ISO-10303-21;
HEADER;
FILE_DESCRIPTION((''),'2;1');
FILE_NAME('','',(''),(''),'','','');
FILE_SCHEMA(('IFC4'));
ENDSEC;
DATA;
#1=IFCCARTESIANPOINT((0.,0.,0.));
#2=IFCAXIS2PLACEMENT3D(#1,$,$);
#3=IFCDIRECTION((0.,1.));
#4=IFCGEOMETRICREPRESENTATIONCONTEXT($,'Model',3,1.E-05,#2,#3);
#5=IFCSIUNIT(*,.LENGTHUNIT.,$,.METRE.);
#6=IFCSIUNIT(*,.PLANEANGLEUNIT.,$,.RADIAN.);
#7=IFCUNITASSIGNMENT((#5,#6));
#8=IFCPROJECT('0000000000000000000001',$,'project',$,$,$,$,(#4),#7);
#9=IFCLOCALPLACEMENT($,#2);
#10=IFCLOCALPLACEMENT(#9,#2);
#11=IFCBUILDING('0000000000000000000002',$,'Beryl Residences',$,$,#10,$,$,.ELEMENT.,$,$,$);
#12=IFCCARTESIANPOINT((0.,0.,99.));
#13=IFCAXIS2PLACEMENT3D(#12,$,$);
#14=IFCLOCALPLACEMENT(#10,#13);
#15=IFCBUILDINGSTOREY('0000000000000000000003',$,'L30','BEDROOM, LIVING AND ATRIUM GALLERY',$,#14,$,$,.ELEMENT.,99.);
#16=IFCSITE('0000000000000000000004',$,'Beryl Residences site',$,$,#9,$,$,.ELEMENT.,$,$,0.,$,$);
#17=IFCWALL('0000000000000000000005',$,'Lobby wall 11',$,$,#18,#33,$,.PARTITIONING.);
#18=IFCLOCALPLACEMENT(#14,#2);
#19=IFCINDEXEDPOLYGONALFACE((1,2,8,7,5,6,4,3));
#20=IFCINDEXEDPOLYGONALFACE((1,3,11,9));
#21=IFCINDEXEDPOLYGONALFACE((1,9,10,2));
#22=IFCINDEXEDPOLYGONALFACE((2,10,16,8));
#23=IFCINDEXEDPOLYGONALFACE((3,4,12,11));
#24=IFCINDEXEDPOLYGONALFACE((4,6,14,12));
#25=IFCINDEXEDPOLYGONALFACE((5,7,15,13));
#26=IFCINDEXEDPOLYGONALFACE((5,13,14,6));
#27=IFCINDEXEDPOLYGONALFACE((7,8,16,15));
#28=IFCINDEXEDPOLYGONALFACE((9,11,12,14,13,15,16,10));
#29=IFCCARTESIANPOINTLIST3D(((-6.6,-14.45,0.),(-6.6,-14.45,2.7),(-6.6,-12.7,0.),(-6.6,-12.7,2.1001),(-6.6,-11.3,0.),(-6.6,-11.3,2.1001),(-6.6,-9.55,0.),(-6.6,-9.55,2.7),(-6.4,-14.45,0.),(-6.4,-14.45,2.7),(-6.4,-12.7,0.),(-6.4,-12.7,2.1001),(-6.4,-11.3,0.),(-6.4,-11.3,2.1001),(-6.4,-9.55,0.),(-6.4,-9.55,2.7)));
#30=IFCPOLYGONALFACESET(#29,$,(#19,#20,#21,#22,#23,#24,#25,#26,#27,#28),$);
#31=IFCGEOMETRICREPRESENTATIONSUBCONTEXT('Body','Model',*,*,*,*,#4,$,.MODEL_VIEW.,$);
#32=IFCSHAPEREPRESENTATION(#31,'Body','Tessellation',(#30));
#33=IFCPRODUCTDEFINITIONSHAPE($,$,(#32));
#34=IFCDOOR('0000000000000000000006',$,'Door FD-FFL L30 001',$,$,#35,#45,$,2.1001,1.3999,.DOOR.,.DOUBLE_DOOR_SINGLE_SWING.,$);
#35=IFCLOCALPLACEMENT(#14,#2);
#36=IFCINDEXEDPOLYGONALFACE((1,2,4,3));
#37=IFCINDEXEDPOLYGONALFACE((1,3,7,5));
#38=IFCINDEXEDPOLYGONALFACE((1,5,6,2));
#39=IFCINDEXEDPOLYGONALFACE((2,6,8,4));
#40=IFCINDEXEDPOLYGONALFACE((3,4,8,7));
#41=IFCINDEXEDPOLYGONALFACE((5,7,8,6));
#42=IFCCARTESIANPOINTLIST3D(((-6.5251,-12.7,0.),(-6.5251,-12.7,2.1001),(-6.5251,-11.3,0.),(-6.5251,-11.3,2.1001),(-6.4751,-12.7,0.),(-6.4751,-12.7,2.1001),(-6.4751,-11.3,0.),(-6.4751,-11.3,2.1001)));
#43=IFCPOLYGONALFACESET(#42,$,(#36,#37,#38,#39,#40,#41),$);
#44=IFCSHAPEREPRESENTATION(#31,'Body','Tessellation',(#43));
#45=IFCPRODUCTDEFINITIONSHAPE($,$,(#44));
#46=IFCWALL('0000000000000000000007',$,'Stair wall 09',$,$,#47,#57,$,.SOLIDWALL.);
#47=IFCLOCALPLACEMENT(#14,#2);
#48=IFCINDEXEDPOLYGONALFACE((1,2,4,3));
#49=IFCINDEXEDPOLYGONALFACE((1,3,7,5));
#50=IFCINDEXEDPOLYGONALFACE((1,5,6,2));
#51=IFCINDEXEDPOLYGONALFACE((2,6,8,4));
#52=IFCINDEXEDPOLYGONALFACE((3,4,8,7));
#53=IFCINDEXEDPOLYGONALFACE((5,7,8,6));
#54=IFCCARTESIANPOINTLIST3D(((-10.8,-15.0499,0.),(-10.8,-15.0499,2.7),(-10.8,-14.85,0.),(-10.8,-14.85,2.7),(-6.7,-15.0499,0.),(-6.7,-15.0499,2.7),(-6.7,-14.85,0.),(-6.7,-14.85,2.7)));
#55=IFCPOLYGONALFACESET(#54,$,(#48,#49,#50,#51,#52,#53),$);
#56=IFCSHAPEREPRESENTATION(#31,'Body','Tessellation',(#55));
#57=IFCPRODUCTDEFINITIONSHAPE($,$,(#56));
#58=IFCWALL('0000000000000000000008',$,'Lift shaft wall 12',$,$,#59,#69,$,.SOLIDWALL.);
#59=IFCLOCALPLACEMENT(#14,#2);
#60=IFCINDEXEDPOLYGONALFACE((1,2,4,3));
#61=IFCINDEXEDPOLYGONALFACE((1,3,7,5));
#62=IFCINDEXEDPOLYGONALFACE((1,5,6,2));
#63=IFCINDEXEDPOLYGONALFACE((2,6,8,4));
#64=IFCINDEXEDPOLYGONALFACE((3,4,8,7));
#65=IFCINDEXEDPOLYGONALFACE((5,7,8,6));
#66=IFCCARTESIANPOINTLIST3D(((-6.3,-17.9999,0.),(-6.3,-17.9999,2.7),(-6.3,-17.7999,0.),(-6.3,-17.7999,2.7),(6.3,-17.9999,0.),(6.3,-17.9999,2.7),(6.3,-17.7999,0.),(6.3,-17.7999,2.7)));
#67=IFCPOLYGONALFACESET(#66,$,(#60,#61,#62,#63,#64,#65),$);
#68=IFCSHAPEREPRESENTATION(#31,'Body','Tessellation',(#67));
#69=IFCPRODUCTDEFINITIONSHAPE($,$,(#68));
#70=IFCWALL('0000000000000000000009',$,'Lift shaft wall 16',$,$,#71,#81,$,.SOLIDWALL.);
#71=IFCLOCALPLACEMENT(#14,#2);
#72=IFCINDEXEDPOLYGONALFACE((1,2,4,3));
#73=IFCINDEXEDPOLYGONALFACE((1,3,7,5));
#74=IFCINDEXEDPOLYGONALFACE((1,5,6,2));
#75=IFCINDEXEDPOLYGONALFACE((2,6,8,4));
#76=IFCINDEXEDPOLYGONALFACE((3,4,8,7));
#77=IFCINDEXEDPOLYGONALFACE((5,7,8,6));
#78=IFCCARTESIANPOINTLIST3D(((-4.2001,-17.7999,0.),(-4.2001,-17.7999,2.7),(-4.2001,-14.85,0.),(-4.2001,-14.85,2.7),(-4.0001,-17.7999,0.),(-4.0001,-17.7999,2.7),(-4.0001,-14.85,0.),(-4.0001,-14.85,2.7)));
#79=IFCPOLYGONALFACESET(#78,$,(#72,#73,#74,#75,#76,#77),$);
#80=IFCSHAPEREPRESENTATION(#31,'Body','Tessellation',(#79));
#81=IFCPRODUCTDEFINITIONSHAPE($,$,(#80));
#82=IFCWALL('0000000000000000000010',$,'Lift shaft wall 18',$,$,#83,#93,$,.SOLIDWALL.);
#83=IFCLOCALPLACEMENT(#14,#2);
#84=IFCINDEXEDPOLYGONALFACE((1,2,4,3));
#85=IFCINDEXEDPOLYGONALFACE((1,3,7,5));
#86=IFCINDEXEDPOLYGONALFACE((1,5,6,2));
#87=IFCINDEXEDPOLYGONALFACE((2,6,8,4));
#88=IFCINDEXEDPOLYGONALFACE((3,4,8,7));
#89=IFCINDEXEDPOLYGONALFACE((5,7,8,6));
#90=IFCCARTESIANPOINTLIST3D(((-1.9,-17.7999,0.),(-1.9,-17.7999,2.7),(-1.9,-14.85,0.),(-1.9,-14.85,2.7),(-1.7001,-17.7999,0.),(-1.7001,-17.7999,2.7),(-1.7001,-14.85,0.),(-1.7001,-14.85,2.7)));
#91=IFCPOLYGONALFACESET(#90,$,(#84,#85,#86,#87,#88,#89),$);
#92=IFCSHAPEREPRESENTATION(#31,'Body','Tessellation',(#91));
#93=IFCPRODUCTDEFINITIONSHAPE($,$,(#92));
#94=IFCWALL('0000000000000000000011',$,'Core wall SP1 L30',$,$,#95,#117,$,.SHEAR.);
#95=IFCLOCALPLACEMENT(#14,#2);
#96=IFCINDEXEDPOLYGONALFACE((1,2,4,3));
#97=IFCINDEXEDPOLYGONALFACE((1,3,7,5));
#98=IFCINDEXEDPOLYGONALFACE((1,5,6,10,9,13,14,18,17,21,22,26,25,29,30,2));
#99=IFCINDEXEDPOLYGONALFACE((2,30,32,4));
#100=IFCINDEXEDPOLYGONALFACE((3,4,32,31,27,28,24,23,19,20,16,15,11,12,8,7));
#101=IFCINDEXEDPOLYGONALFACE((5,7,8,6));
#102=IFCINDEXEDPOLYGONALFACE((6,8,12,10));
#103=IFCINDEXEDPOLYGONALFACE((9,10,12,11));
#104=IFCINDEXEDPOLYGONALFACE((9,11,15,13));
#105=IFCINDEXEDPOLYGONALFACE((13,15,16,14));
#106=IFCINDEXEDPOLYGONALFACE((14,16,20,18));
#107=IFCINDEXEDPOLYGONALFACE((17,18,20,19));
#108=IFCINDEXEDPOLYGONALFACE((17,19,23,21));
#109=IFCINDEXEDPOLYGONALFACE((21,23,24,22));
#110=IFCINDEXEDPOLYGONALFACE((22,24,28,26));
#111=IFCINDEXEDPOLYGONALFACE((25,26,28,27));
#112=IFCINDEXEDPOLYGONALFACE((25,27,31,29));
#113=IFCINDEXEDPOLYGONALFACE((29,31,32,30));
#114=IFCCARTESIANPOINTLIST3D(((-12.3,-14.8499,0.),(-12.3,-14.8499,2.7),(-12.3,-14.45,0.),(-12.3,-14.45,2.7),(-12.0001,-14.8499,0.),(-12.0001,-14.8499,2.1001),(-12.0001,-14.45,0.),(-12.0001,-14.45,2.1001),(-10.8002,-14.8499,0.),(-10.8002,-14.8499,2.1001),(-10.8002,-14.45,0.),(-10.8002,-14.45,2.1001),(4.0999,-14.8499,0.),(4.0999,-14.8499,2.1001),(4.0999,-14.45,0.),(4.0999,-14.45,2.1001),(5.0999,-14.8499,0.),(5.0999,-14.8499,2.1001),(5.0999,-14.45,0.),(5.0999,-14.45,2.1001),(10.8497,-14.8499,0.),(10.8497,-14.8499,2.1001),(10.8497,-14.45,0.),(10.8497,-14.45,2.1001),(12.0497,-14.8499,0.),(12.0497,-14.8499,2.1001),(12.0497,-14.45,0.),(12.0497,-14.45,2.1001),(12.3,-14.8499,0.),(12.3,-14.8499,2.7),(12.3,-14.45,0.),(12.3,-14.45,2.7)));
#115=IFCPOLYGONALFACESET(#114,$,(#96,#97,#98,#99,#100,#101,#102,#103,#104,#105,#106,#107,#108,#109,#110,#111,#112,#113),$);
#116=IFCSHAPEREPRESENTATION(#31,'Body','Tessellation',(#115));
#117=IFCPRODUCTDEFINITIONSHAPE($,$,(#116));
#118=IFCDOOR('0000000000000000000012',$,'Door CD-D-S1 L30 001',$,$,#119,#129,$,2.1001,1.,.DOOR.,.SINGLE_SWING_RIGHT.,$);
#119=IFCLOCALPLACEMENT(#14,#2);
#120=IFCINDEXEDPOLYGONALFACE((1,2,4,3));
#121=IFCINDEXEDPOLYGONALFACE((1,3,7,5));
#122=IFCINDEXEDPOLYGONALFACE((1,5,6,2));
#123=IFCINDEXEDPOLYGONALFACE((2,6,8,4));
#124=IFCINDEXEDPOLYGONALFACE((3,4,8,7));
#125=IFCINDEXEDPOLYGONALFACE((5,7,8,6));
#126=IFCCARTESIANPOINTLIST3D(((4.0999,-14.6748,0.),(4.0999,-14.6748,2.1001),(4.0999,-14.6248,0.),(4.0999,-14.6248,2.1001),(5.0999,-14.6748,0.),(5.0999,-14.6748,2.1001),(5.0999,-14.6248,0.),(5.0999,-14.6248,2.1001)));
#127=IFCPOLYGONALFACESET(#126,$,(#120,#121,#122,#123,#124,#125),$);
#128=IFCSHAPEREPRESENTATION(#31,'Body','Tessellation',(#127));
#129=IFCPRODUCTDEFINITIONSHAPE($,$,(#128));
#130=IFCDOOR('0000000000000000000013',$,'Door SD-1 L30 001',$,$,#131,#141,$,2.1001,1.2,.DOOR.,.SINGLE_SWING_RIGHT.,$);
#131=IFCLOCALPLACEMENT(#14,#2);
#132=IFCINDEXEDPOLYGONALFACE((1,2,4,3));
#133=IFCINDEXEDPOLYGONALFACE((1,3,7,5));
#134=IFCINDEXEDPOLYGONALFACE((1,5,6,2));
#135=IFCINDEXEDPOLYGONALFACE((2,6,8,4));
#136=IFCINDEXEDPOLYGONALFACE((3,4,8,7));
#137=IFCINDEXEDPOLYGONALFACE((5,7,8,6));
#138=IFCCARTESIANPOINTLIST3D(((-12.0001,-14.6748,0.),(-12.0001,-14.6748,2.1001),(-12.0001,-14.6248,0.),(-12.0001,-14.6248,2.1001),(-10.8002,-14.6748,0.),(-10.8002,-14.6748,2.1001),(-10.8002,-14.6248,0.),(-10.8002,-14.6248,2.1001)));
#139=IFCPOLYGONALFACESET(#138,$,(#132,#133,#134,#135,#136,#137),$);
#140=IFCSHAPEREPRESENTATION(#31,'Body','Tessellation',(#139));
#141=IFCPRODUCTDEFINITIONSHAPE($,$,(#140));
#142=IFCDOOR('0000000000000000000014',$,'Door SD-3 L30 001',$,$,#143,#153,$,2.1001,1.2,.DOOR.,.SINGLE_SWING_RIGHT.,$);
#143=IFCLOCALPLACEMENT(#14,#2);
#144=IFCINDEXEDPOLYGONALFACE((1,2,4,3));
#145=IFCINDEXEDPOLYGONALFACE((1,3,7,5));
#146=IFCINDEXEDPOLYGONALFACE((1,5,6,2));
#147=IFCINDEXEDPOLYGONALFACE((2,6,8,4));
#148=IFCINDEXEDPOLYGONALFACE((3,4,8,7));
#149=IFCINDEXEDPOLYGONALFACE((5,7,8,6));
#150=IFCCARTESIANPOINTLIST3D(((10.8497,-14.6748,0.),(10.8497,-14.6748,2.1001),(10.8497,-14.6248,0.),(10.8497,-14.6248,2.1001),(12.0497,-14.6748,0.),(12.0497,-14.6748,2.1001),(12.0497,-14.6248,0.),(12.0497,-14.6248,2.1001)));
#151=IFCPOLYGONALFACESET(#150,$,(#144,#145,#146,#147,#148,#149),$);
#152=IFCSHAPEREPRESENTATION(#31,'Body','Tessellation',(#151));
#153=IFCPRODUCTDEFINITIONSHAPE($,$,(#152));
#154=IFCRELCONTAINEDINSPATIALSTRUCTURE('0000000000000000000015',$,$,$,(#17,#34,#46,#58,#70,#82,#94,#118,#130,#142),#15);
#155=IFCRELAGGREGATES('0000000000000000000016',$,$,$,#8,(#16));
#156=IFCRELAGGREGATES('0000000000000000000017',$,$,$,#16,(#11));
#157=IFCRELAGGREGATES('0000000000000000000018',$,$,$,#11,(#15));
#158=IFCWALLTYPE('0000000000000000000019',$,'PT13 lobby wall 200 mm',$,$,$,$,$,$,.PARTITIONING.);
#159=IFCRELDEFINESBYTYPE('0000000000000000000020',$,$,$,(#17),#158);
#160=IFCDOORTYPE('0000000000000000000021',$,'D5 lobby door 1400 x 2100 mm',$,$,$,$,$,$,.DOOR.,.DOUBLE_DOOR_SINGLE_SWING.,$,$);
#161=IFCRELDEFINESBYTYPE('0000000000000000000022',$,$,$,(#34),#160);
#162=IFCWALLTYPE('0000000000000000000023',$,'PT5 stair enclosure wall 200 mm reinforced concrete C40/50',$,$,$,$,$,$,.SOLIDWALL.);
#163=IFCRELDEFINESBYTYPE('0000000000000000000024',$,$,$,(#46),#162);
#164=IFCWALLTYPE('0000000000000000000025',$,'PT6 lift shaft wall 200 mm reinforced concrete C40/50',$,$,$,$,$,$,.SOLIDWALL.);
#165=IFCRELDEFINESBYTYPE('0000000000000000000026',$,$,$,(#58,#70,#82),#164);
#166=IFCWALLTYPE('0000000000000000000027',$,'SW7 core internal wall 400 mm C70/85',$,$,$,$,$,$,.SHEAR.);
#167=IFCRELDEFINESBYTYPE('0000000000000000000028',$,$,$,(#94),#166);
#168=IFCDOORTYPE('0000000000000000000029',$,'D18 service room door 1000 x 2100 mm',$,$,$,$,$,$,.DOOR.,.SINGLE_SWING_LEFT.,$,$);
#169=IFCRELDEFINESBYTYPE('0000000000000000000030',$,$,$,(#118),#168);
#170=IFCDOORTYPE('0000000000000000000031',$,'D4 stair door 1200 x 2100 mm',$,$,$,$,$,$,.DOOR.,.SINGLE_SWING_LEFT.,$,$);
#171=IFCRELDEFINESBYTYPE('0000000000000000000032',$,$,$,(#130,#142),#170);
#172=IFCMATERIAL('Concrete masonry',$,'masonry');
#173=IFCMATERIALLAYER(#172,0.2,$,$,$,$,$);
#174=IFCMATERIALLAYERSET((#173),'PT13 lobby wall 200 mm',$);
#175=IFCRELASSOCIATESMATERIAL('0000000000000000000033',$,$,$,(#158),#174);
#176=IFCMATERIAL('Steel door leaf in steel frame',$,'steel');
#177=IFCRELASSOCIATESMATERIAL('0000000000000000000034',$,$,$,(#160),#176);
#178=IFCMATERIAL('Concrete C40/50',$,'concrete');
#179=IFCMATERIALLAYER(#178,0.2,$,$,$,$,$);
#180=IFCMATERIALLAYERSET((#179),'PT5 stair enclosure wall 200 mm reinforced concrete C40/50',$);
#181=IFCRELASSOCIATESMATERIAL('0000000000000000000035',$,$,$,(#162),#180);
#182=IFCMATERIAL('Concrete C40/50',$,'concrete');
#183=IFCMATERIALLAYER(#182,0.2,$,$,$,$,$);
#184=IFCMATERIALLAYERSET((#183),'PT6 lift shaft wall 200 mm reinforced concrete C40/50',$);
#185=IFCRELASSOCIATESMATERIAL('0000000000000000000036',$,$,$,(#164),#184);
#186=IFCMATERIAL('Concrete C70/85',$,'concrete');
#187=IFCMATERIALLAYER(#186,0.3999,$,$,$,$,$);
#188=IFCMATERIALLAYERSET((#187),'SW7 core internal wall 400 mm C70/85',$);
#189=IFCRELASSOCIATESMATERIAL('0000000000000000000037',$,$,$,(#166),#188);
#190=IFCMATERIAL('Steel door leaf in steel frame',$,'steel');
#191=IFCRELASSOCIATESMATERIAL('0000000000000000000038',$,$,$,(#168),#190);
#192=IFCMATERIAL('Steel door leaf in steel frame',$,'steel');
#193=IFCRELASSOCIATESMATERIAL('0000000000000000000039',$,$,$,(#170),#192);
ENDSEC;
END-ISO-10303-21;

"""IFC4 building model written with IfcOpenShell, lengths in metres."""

from ifc_helpers import new_model, si_unit, direction, frame, frame_2d, origin, place, context, subcontext, project, spatial, rectangle, extrude, material, layer, layer_set, type_object, element, fill, save


model = new_model("IFC4")

# Units and contexts
model_context = context("Model", 3, precision=1e-05, world=origin(), true_north=direction((0.0, 1.0)))
body_context = subcontext(model_context, "Body", "Model", "MODEL_VIEW")
ifc_project = project(units=[si_unit("LENGTHUNIT", "METRE"), si_unit("PLANEANGLEUNIT", "RADIAN")], contexts=[model_context])

# Site, building, storey
site_placement = place(None, origin())
site = spatial("IfcSite", under=ifc_project, at=site_placement, Name="Beryl Residences site", CompositionType="ELEMENT", RefElevation=0.0)
building_placement = place(site_placement, origin())
building = spatial("IfcBuilding", under=site, at=building_placement, Name="Beryl Residences", CompositionType="ELEMENT")
storey_placement = place(building_placement, frame((0.0, 0.0, 99.0)))
storey = spatial("IfcBuildingStorey", under=building, at=storey_placement, Name="L30", Description="BEDROOM, LIVING AND ATRIUM GALLERY", CompositionType="ELEMENT", Elevation=99.0)

# Wall, opening, door
ifc_material_1 = material(Name="Concrete masonry", Category="masonry")
ifc_layer_1 = layer(ifc_material_1, 0.2)
ifc_layer_set_1 = layer_set([ifc_layer_1], Name="PT13 lobby wall 200 mm")
wall_type_1 = type_object("IfcWallType", Name="PT13 lobby wall 200 mm", PredefinedType="PARTITIONING", material=ifc_layer_set_1)
wall_1_placement = place(storey_placement, frame((-6.5, -14.45, 0.0), z_axis=(0.0, 0.0, 1.0), x_axis=(0.0, 1.0, 0.0)))
wall_1 = element("IfcWall", 1, at=wall_1_placement, inside=storey, type_object=wall_type_1, Name="Lobby wall 11", PredefinedType="PARTITIONING", context=body_context, shape_type="SweptSolid", body=[
    extrude(rectangle(XDim=4.8999, YDim=0.2, at=frame_2d((2.45, 0.0))), origin(), (0.0, 0.0, 1.0), 2.7),
])
opening_1_placement = place(wall_1_placement, frame((3.1499, 0.0, 0.0), z_axis=(0.0, 0.0, 1.0), x_axis=(-1.0, 0.0, 0.0)))
opening_1 = element("IfcOpeningElement", 2, at=opening_1_placement, cuts=wall_1, PredefinedType="OPENING", context=body_context, shape_type="SweptSolid", body=[
    extrude(rectangle(XDim=1.3999, YDim=2.1001, at=frame_2d((0.7, 1.05))), frame((0.0, 0.1099, 0.0), z_axis=(0.0, -1.0, 0.0), x_axis=(1.0, 0.0, 0.0)), (0.0, 0.0, 1.0), 0.22),
])
ifc_material_2 = material(Name="Steel door leaf in steel frame", Category="steel")
door_type_1 = type_object("IfcDoorType", Name="D5 lobby door 1400 x 2100 mm", OperationType="DOUBLE_DOOR_SINGLE_SWING", PredefinedType="DOOR", material=ifc_material_2)
door_1_placement = place(opening_1_placement, origin())
door_1 = element("IfcDoor", 3, at=door_1_placement, inside=storey, type_object=door_type_1, Name="Door FD-FFL L30 001", OperationType="DOUBLE_DOOR_SINGLE_SWING", OverallHeight=2.1001, OverallWidth=1.3999, PredefinedType="DOOR", context=body_context, shape_type="SweptSolid", body=[
    extrude(rectangle(XDim=1.3999, YDim=2.1001, at=frame_2d((0.7, 1.05))), frame((0.0, 0.0249, 0.0), z_axis=(0.0, -1.0, 0.0), x_axis=(1.0, 0.0, 0.0)), (0.0, 0.0, 1.0), 0.05),
])
fill(opening_1, door_1)

# Walls
ifc_material_3 = material(Name="Concrete C40/50", Category="concrete")
ifc_layer_2 = layer(ifc_material_3, 0.2)
ifc_layer_set_2 = layer_set([ifc_layer_2], Name="PT5 stair enclosure wall 200 mm reinforced concrete C40/50")
wall_type_2 = type_object("IfcWallType", Name="PT5 stair enclosure wall 200 mm reinforced concrete C40/50", PredefinedType="SOLIDWALL", material=ifc_layer_set_2)
wall_2_placement = place(storey_placement, frame((-10.8, -14.95, 0.0), z_axis=(0.0, 0.0, 1.0), x_axis=(1.0, 0.0, 0.0)))
element("IfcWall", 4, at=wall_2_placement, inside=storey, type_object=wall_type_2, Name="Stair wall 09", PredefinedType="SOLIDWALL", context=body_context, shape_type="SweptSolid", body=[
    extrude(rectangle(XDim=4.1001, YDim=0.2, at=frame_2d((2.05, 0.0))), origin(), (0.0, 0.0, 1.0), 2.7),
])
ifc_material_4 = material(Name="Concrete C40/50", Category="concrete")
ifc_layer_3 = layer(ifc_material_4, 0.2)
ifc_layer_set_3 = layer_set([ifc_layer_3], Name="PT6 lift shaft wall 200 mm reinforced concrete C40/50")
wall_type_3 = type_object("IfcWallType", Name="PT6 lift shaft wall 200 mm reinforced concrete C40/50", PredefinedType="SOLIDWALL", material=ifc_layer_set_3)
wall_3_placement = place(storey_placement, frame((-6.3, -17.8999, 0.0), z_axis=(0.0, 0.0, 1.0), x_axis=(1.0, 0.0, 0.0)))
element("IfcWall", 5, at=wall_3_placement, inside=storey, type_object=wall_type_3, Name="Lift shaft wall 12", PredefinedType="SOLIDWALL", context=body_context, shape_type="SweptSolid", body=[
    extrude(rectangle(XDim=12.6001, YDim=0.2, at=frame_2d((6.3, 0.0))), origin(), (0.0, 0.0, 1.0), 2.7),
])
for number, where, z_axis, x_axis, name in (
    (6, (-4.1001, -17.8, 0.0), (0.0, 0.0, 1.0), (0.0, 1.0, 0.0), "Lift shaft wall 16"),
    (7, (-1.8, -17.8, 0.0), (0.0, 0.0, 1.0), (0.0, 1.0, 0.0), "Lift shaft wall 18"),
):
    element("IfcWall", number, at=place(storey_placement, frame(where, z_axis=z_axis, x_axis=x_axis)), inside=storey, type_object=wall_type_3, Name=name, PredefinedType="SOLIDWALL", context=body_context, shape_type="SweptSolid", body=[
        extrude(rectangle(XDim=2.95, YDim=0.2, at=frame_2d((1.4751, 0.0))), origin(), (0.0, 0.0, 1.0), 2.7),
    ])

# Wall, openings, doors
ifc_material_5 = material(Name="Concrete C70/85", Category="concrete")
ifc_layer_4 = layer(ifc_material_5, 0.3999)
ifc_layer_set_4 = layer_set([ifc_layer_4], Name="SW7 core internal wall 400 mm C70/85")
wall_type_4 = type_object("IfcWallType", Name="SW7 core internal wall 400 mm C70/85", PredefinedType="SHEAR", material=ifc_layer_set_4)
wall_4_placement = place(storey_placement, frame((-12.3, -14.6499, 0.0), z_axis=(0.0, 0.0, 1.0), x_axis=(1.0, 0.0, 0.0)))
wall_4 = element("IfcWall", 8, at=wall_4_placement, inside=storey, type_object=wall_type_4, Name="Core wall SP1 L30", PredefinedType="SHEAR", context=body_context, shape_type="SweptSolid", body=[
    extrude(rectangle(XDim=24.6001, YDim=0.3999, at=frame_2d((12.3, 0.0))), origin(), (0.0, 0.0, 1.0), 2.7),
])
opening_2_placement = place(wall_4_placement, frame((1.5, 0.0, 0.0), z_axis=(0.0, 0.0, 1.0), x_axis=(-1.0, 0.0, 0.0)))
opening_2 = element("IfcOpeningElement", 9, at=opening_2_placement, cuts=wall_4, PredefinedType="OPENING", context=body_context, shape_type="SweptSolid", body=[
    extrude(rectangle(XDim=1.2, YDim=2.1001, at=frame_2d((0.6001, 1.05))), frame((0.0, 0.21, 0.0), z_axis=(0.0, -1.0, 0.0), x_axis=(1.0, 0.0, 0.0)), (0.0, 0.0, 1.0), 0.4199),
])
opening_3_placement = place(wall_4_placement, frame((24.3499, 0.0, 0.0), z_axis=(0.0, 0.0, 1.0), x_axis=(-1.0, 0.0, 0.0)))
opening_3 = element("IfcOpeningElement", 10, at=opening_3_placement, cuts=wall_4, PredefinedType="OPENING", context=body_context, shape_type="SweptSolid", body=[
    extrude(rectangle(XDim=1.2, YDim=2.1001, at=frame_2d((0.6001, 1.05))), frame((0.0, 0.21, 0.0), z_axis=(0.0, -1.0, 0.0), x_axis=(1.0, 0.0, 0.0)), (0.0, 0.0, 1.0), 0.4199),
])
opening_4_placement = place(wall_4_placement, frame((17.3999, 0.0, 0.0), z_axis=(0.0, 0.0, 1.0), x_axis=(-1.0, 0.0, 0.0)))
opening_4 = element("IfcOpeningElement", 11, at=opening_4_placement, cuts=wall_4, PredefinedType="OPENING", context=body_context, shape_type="SweptSolid", body=[
    extrude(rectangle(XDim=1.0, YDim=2.1001, at=frame_2d((0.5, 1.05))), frame((0.0, 0.21, 0.0), z_axis=(0.0, -1.0, 0.0), x_axis=(1.0, 0.0, 0.0)), (0.0, 0.0, 1.0), 0.4199),
])
ifc_material_6 = material(Name="Steel door leaf in steel frame", Category="steel")
door_type_2 = type_object("IfcDoorType", Name="D18 service room door 1000 x 2100 mm", OperationType="SINGLE_SWING_LEFT", PredefinedType="DOOR", material=ifc_material_6)
door_2_placement = place(opening_4_placement, origin())
door_2 = element("IfcDoor", 12, at=door_2_placement, inside=storey, type_object=door_type_2, Name="Door CD-D-S1 L30 001", OperationType="SINGLE_SWING_RIGHT", OverallHeight=2.1001, OverallWidth=1.0, PredefinedType="DOOR", context=body_context, shape_type="SweptSolid", body=[
    extrude(rectangle(XDim=1.0, YDim=2.1001, at=frame_2d((0.5, 1.05))), frame((0.0, 0.0249, 0.0), z_axis=(0.0, -1.0, 0.0), x_axis=(1.0, 0.0, 0.0)), (0.0, 0.0, 1.0), 0.05),
])
fill(opening_4, door_2)
ifc_material_7 = material(Name="Steel door leaf in steel frame", Category="steel")
door_type_3 = type_object("IfcDoorType", Name="D4 stair door 1200 x 2100 mm", OperationType="SINGLE_SWING_LEFT", PredefinedType="DOOR", material=ifc_material_7)
door_3_placement = place(opening_2_placement, origin())
door_3 = element("IfcDoor", 13, at=door_3_placement, inside=storey, type_object=door_type_3, Name="Door SD-1 L30 001", OperationType="SINGLE_SWING_RIGHT", OverallHeight=2.1001, OverallWidth=1.2, PredefinedType="DOOR", context=body_context, shape_type="SweptSolid", body=[
    extrude(rectangle(XDim=1.2, YDim=2.1001, at=frame_2d((0.6001, 1.05))), frame((0.0, 0.0249, 0.0), z_axis=(0.0, -1.0, 0.0), x_axis=(1.0, 0.0, 0.0)), (0.0, 0.0, 1.0), 0.05),
])
fill(opening_2, door_3)
door_4_placement = place(opening_3_placement, origin())
door_4 = element("IfcDoor", 14, at=door_4_placement, inside=storey, type_object=door_type_3, Name="Door SD-3 L30 001", OperationType="SINGLE_SWING_RIGHT", OverallHeight=2.1001, OverallWidth=1.2, PredefinedType="DOOR", context=body_context, shape_type="SweptSolid", body=[
    extrude(rectangle(XDim=1.2, YDim=2.1001, at=frame_2d((0.6001, 1.05))), frame((0.0, 0.0249, 0.0), z_axis=(0.0, -1.0, 0.0), x_axis=(1.0, 0.0, 0.0)), (0.0, 0.0, 1.0), 0.05),
])
fill(opening_3, door_4)

save(model, "model.ifc")
